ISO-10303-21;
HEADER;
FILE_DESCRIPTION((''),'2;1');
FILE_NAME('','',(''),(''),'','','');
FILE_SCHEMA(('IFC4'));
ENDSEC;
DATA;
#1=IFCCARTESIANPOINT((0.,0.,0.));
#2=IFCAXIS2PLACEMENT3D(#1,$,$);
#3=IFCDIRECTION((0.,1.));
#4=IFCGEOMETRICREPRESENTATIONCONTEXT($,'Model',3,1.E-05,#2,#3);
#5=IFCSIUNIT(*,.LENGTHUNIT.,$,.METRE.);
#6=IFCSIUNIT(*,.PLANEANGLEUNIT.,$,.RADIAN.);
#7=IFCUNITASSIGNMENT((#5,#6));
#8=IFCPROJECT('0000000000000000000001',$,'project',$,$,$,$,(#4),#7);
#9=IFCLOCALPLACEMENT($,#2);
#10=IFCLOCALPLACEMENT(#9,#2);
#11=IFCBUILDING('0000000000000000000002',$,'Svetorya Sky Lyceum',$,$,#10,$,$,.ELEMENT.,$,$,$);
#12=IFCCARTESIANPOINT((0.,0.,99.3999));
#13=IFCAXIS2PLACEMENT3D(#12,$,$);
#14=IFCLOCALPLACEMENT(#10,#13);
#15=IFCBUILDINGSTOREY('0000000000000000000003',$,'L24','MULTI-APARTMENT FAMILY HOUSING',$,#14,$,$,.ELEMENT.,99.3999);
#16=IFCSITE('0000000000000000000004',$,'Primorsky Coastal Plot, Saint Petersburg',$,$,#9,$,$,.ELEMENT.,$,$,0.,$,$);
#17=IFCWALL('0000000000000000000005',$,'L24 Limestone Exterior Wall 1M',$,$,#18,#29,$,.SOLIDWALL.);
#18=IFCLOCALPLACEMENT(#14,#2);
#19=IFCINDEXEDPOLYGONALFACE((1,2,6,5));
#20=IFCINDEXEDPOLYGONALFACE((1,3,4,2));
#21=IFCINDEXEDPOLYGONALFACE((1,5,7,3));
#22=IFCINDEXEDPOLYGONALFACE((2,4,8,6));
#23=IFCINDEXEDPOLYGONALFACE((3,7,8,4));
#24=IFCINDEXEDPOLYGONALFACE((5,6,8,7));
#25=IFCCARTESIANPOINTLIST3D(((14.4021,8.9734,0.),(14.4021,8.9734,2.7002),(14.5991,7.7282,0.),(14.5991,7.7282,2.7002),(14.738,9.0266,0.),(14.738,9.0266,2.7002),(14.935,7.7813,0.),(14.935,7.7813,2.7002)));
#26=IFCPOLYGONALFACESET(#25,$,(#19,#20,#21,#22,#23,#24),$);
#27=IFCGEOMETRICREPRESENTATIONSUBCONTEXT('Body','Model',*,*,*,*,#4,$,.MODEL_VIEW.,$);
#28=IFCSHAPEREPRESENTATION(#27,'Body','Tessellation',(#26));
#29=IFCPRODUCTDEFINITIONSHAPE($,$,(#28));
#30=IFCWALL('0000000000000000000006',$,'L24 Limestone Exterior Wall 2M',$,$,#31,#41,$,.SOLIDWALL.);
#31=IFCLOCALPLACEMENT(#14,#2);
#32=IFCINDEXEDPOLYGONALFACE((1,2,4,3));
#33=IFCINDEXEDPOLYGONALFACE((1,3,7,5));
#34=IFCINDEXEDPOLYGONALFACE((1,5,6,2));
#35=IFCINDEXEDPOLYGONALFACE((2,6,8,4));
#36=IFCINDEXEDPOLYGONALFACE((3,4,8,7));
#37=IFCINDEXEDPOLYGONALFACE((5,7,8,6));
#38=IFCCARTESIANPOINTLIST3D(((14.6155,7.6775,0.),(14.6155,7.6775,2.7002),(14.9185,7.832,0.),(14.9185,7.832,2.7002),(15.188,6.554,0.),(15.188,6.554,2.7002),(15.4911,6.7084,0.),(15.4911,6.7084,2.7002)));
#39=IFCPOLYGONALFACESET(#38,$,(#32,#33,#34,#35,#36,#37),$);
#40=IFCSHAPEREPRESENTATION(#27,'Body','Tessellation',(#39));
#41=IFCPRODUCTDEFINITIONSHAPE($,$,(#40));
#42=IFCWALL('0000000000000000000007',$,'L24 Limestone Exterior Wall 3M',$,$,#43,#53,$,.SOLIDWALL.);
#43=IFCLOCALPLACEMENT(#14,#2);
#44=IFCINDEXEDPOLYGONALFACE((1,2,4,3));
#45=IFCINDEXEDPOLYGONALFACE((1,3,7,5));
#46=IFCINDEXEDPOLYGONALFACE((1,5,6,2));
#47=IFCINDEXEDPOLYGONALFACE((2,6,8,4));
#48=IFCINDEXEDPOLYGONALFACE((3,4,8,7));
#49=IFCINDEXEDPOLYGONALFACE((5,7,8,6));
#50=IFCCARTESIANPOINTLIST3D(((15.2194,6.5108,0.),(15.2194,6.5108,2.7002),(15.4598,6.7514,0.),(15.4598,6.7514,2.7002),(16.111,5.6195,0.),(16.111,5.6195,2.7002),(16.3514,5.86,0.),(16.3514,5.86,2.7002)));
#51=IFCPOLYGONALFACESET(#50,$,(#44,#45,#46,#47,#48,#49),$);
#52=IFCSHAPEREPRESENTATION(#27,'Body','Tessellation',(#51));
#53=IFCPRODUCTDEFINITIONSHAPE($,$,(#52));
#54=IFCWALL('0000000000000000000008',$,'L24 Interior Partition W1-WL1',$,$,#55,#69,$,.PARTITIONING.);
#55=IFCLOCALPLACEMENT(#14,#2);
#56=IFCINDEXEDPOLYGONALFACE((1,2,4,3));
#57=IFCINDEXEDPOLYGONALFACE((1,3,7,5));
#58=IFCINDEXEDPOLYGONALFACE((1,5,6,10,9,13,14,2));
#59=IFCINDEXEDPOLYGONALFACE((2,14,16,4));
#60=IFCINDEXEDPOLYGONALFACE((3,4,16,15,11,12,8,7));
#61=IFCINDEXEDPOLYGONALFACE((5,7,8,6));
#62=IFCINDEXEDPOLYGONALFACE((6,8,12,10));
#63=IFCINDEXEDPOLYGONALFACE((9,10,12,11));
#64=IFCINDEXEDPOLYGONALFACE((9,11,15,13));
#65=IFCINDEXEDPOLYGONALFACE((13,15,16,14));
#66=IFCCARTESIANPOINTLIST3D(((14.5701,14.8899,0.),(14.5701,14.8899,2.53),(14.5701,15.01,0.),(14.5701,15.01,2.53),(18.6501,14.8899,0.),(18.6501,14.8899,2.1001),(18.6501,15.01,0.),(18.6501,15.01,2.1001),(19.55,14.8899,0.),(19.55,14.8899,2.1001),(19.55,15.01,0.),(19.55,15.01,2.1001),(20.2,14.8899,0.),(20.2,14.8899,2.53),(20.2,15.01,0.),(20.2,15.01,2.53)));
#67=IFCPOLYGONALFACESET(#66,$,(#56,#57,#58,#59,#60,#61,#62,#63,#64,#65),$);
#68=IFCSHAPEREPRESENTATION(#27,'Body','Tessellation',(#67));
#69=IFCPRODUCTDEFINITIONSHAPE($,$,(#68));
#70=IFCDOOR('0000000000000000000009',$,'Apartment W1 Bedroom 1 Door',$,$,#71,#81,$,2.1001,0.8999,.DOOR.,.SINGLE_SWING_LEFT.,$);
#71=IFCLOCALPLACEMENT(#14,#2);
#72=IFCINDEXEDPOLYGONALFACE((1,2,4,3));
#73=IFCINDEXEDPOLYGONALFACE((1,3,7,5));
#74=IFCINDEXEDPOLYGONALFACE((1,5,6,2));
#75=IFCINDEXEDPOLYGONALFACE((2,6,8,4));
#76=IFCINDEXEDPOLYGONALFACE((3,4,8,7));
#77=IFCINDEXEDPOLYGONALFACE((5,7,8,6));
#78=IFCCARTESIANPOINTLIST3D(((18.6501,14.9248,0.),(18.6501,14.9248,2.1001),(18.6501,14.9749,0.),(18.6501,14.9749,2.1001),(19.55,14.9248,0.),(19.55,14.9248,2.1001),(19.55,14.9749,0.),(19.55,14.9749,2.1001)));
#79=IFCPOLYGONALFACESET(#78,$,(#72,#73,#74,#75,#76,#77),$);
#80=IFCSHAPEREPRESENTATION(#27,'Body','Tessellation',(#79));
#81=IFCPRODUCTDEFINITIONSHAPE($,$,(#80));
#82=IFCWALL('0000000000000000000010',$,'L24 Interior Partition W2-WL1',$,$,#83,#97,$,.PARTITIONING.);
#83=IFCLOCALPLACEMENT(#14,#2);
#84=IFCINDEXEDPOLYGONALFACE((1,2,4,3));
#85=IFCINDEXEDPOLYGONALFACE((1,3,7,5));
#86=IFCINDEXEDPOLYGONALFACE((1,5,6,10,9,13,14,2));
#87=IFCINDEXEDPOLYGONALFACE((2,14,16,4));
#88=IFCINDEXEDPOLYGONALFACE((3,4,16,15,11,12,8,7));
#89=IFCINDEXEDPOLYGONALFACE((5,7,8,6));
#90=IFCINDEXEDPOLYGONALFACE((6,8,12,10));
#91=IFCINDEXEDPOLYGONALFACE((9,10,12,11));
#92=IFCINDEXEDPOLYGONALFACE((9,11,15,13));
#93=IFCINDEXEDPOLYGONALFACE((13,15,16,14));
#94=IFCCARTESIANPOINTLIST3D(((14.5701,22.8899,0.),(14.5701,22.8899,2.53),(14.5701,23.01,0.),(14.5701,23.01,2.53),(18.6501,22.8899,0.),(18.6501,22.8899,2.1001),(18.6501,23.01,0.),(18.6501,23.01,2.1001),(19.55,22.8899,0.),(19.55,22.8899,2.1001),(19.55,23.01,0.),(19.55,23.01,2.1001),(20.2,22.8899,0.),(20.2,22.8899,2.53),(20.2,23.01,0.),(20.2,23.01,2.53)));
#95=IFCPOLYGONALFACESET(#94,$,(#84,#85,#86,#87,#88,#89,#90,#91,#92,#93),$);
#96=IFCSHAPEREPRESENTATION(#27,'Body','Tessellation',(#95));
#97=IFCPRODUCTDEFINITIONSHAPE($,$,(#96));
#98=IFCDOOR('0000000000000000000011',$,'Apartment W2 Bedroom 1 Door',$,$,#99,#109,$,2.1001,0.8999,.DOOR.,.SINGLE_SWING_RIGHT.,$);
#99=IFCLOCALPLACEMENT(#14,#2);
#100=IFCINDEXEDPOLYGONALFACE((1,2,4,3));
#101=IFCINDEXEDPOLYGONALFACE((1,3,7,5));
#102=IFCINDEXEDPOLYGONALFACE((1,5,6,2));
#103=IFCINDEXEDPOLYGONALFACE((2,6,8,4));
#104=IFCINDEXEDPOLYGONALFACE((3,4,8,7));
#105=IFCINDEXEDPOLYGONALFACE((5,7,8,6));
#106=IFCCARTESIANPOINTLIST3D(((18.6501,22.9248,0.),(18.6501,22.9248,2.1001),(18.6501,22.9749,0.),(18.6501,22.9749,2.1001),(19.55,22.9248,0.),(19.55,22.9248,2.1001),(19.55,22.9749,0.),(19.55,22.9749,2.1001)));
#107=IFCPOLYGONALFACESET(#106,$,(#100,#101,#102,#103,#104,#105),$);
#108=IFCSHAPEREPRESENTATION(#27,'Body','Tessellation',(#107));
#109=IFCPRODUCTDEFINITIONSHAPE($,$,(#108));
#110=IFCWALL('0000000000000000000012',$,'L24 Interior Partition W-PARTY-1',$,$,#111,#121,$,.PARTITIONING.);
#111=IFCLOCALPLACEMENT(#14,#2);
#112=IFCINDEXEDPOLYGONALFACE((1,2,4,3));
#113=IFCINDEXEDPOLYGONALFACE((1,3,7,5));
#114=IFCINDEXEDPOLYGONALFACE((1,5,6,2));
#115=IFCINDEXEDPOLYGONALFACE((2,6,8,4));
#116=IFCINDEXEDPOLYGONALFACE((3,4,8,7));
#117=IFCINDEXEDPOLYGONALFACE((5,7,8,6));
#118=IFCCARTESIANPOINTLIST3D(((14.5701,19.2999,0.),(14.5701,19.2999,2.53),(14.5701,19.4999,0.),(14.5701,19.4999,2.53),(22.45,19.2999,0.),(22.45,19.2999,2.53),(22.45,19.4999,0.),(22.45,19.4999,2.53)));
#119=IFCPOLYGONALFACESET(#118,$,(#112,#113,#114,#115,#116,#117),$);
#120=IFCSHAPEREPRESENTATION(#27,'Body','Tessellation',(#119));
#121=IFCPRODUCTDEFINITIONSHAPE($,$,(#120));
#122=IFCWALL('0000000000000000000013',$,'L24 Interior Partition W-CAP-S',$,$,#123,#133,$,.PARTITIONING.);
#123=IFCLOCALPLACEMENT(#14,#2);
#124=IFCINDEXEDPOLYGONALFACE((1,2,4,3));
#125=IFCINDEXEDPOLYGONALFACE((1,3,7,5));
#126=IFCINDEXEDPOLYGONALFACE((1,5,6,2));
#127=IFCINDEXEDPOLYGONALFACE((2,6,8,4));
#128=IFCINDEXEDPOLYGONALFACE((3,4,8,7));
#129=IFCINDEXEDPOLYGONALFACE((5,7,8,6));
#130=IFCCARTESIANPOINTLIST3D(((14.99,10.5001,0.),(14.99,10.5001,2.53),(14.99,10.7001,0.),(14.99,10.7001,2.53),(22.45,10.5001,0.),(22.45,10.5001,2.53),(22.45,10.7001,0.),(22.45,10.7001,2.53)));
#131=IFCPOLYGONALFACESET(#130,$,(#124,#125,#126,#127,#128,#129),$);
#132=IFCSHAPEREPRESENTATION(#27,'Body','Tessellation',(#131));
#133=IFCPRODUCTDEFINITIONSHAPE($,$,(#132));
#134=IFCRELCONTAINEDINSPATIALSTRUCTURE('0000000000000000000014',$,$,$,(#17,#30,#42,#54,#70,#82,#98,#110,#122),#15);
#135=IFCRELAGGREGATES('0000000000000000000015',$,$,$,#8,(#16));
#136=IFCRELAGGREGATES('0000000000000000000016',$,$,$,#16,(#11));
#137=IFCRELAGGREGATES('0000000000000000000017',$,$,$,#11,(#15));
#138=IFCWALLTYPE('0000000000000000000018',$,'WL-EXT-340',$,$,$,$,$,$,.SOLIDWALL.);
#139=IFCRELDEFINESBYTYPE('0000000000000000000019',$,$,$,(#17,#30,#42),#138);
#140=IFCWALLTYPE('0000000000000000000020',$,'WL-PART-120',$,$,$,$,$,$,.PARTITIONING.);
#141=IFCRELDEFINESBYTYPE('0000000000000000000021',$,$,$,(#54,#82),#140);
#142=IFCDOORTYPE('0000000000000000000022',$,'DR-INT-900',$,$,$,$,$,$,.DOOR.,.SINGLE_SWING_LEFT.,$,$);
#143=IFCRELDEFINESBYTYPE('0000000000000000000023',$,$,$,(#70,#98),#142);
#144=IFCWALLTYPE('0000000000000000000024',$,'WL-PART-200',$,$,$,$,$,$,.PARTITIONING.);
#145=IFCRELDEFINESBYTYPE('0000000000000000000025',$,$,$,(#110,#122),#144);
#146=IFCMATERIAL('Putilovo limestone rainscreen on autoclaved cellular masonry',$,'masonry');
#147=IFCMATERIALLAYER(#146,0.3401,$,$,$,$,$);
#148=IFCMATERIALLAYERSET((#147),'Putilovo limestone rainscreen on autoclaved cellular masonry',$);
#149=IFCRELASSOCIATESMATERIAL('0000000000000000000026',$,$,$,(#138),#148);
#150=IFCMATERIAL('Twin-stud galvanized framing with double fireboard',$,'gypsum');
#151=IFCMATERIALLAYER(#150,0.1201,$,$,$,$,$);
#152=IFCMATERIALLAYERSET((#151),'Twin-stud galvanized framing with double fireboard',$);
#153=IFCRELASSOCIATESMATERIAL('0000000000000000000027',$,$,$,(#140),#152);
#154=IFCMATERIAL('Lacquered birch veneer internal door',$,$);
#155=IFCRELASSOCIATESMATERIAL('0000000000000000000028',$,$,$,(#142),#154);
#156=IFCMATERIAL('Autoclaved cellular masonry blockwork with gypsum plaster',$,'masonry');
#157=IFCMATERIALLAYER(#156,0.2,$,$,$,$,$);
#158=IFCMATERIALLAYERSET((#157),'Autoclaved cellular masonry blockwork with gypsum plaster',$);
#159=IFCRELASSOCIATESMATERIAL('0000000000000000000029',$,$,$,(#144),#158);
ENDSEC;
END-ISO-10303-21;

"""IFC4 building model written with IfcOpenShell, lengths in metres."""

from ifc_helpers import new_model, si_unit, direction, frame, frame_2d, origin, place, context, subcontext, project, spatial, rectangle, extrude, material, layer, layer_set, type_object, element, fill, save


model = new_model("IFC4")

# Units and contexts
model_context = context("Model", 3, precision=1e-05, world=origin(), true_north=direction((0.0, 1.0)))
body_context = subcontext(model_context, "Body", "Model", "MODEL_VIEW")
ifc_project = project(units=[si_unit("LENGTHUNIT", "METRE"), si_unit("PLANEANGLEUNIT", "RADIAN")], contexts=[model_context])

# Site, building, storey
site_placement = place(None, origin())
site = spatial("IfcSite", under=ifc_project, at=site_placement, Name="Primorsky Coastal Plot, Saint Petersburg", CompositionType="ELEMENT", RefElevation=0.0)
building_placement = place(site_placement, origin())
building = spatial("IfcBuilding", under=site, at=building_placement, Name="Svetorya Sky Lyceum", CompositionType="ELEMENT")
storey_placement = place(building_placement, frame((0.0, 0.0, 99.3999)))
storey = spatial("IfcBuildingStorey", under=building, at=storey_placement, Name="L24", Description="MULTI-APARTMENT FAMILY HOUSING", CompositionType="ELEMENT", Elevation=99.3999)

# Walls
ifc_material_1 = material(Name="Putilovo limestone rainscreen on autoclaved cellular masonry", Category="masonry")
ifc_layer_1 = layer(ifc_material_1, 0.3401)
ifc_layer_set_1 = layer_set([ifc_layer_1], Name="Putilovo limestone rainscreen on autoclaved cellular masonry")
wall_type_1 = type_object("IfcWallType", Name="WL-EXT-340", PredefinedType="SOLIDWALL", material=ifc_layer_set_1)
wall_1_placement = place(storey_placement, frame((14.5701, 9.0, 0.0), z_axis=(0.0, 0.0, 1.0), x_axis=(0.156261, -0.987716, 0.0)))
element("IfcWall", 1, at=wall_1_placement, inside=storey, type_object=wall_type_1, Name="L24 Limestone Exterior Wall 1M", PredefinedType="SOLIDWALL", context=body_context, shape_type="SweptSolid", body=[
    extrude(rectangle(XDim=1.2607, YDim=0.3401, at=frame_2d((0.6304, 0.0))), origin(), (0.0, 0.0, 1.0), 2.7002),
])
wall_2_placement = place(storey_placement, frame((14.7671, 7.7546, 0.0), z_axis=(0.0, 0.0, 1.0), x_axis=(0.454016, -0.890994, 0.0)))
element("IfcWall", 2, at=wall_2_placement, inside=storey, type_object=wall_type_1, Name="L24 Limestone Exterior Wall 2M", PredefinedType="SOLIDWALL", context=body_context, shape_type="SweptSolid", body=[
    extrude(rectangle(XDim=1.261, YDim=0.3401, at=frame_2d((0.6304, 0.0))), origin(), (0.0, 0.0, 1.0), 2.7002),
])
wall_3_placement = place(storey_placement, frame((15.3396, 6.6311, 0.0), z_axis=(0.0, 0.0, 1.0), x_axis=(0.707204, -0.70701, 0.0)))
element("IfcWall", 3, at=wall_3_placement, inside=storey, type_object=wall_type_1, Name="L24 Limestone Exterior Wall 3M", PredefinedType="SOLIDWALL", context=body_context, shape_type="SweptSolid", body=[
    extrude(rectangle(XDim=1.2607, YDim=0.3401, at=frame_2d((0.6304, 0.0))), origin(), (0.0, 0.0, 1.0), 2.7002),
])

# Walls, openings, doors
ifc_material_2 = material(Name="Twin-stud galvanized framing with double fireboard", Category="gypsum")
ifc_layer_2 = layer(ifc_material_2, 0.1201)
ifc_layer_set_2 = layer_set([ifc_layer_2], Name="Twin-stud galvanized framing with double fireboard")
wall_type_2 = type_object("IfcWallType", Name="WL-PART-120", PredefinedType="PARTITIONING", material=ifc_layer_set_2)
wall_4_placement = place(storey_placement, frame((14.5701, 14.95, 0.0), z_axis=(0.0, 0.0, 1.0), x_axis=(1.0, 0.0, 0.0)))
wall_4 = element("IfcWall", 4, at=wall_4_placement, inside=storey, type_object=wall_type_2, Name="L24 Interior Partition W1-WL1", PredefinedType="PARTITIONING", context=body_context, shape_type="SweptSolid", body=[
    extrude(rectangle(XDim=5.6299, YDim=0.1201, at=frame_2d((2.8149, 0.0))), origin(), (0.0, 0.0, 1.0), 2.53),
])
opening_1_placement = place(wall_4_placement, frame((4.0801, 0.0, 0.0)))
opening_1 = element("IfcOpeningElement", 5, at=opening_1_placement, cuts=wall_4, PredefinedType="OPENING", context=body_context, shape_type="SweptSolid", body=[
    extrude(rectangle(XDim=0.8999, YDim=2.1001, at=frame_2d((0.45, 1.05))), frame((0.0, 0.0701, 0.0), z_axis=(0.0, -1.0, 0.0), x_axis=(1.0, 0.0, 0.0)), (0.0, 0.0, 1.0), 0.1401),
])
ifc_material_3 = material(Name="Lacquered birch veneer internal door")
door_type = type_object("IfcDoorType", Name="DR-INT-900", OperationType="SINGLE_SWING_LEFT", PredefinedType="DOOR", material=ifc_material_3)
door_1_placement = place(opening_1_placement, origin())
door_1 = element("IfcDoor", 6, at=door_1_placement, inside=storey, type_object=door_type, Name="Apartment W1 Bedroom 1 Door", OperationType="SINGLE_SWING_LEFT", OverallHeight=2.1001, OverallWidth=0.8999, PredefinedType="DOOR", context=body_context, shape_type="SweptSolid", body=[
    extrude(rectangle(XDim=0.8999, YDim=2.1001, at=frame_2d((0.45, 1.05))), frame((0.0, 0.0249, 0.0), z_axis=(0.0, -1.0, 0.0), x_axis=(1.0, 0.0, 0.0)), (0.0, 0.0, 1.0), 0.05),
])
fill(opening_1, door_1)
wall_5_placement = place(storey_placement, frame((14.5701, 22.95, 0.0), z_axis=(0.0, 0.0, 1.0), x_axis=(1.0, 0.0, 0.0)))
wall_5 = element("IfcWall", 7, at=wall_5_placement, inside=storey, type_object=wall_type_2, Name="L24 Interior Partition W2-WL1", PredefinedType="PARTITIONING", context=body_context, shape_type="SweptSolid", body=[
    extrude(rectangle(XDim=5.6299, YDim=0.1201, at=frame_2d((2.8149, 0.0))), origin(), (0.0, 0.0, 1.0), 2.53),
])
opening_2_placement = place(wall_5_placement, frame((4.0801, 0.0, 0.0)))
opening_2 = element("IfcOpeningElement", 8, at=opening_2_placement, cuts=wall_5, PredefinedType="OPENING", context=body_context, shape_type="SweptSolid", body=[
    extrude(rectangle(XDim=0.8999, YDim=2.1001, at=frame_2d((0.45, 1.05))), frame((0.0, 0.0701, 0.0), z_axis=(0.0, -1.0, 0.0), x_axis=(1.0, 0.0, 0.0)), (0.0, 0.0, 1.0), 0.1401),
])
door_2_placement = place(opening_2_placement, origin())
door_2 = element("IfcDoor", 9, at=door_2_placement, inside=storey, type_object=door_type, Name="Apartment W2 Bedroom 1 Door", OperationType="SINGLE_SWING_RIGHT", OverallHeight=2.1001, OverallWidth=0.8999, PredefinedType="DOOR", context=body_context, shape_type="SweptSolid", body=[
    extrude(rectangle(XDim=0.8999, YDim=2.1001, at=frame_2d((0.45, 1.05))), frame((0.0, 0.0249, 0.0), z_axis=(0.0, -1.0, 0.0), x_axis=(1.0, 0.0, 0.0)), (0.0, 0.0, 1.0), 0.05),
])
fill(opening_2, door_2)

# Walls
ifc_material_4 = material(Name="Autoclaved cellular masonry blockwork with gypsum plaster", Category="masonry")
ifc_layer_3 = layer(ifc_material_4, 0.2)
ifc_layer_set_3 = layer_set([ifc_layer_3], Name="Autoclaved cellular masonry blockwork with gypsum plaster")
wall_type_3 = type_object("IfcWallType", Name="WL-PART-200", PredefinedType="PARTITIONING", material=ifc_layer_set_3)
wall_6_placement = place(storey_placement, frame((14.5701, 19.3999, 0.0), z_axis=(0.0, 0.0, 1.0), x_axis=(1.0, 0.0, 0.0)))
element("IfcWall", 10, at=wall_6_placement, inside=storey, type_object=wall_type_3, Name="L24 Interior Partition W-PARTY-1", PredefinedType="PARTITIONING", context=body_context, shape_type="SweptSolid", body=[
    extrude(rectangle(XDim=7.8799, YDim=0.2, at=frame_2d((3.9399, 0.0))), origin(), (0.0, 0.0, 1.0), 2.53),
])
wall_7_placement = place(storey_placement, frame((14.99, 10.6001, 0.0), z_axis=(0.0, 0.0, 1.0), x_axis=(1.0, 0.0, 0.0)))
element("IfcWall", 11, at=wall_7_placement, inside=storey, type_object=wall_type_3, Name="L24 Interior Partition W-CAP-S", PredefinedType="PARTITIONING", context=body_context, shape_type="SweptSolid", body=[
    extrude(rectangle(XDim=7.46, YDim=0.2, at=frame_2d((3.73, 0.0))), origin(), (0.0, 0.0, 1.0), 2.53),
])

save(model, "model.ifc")
